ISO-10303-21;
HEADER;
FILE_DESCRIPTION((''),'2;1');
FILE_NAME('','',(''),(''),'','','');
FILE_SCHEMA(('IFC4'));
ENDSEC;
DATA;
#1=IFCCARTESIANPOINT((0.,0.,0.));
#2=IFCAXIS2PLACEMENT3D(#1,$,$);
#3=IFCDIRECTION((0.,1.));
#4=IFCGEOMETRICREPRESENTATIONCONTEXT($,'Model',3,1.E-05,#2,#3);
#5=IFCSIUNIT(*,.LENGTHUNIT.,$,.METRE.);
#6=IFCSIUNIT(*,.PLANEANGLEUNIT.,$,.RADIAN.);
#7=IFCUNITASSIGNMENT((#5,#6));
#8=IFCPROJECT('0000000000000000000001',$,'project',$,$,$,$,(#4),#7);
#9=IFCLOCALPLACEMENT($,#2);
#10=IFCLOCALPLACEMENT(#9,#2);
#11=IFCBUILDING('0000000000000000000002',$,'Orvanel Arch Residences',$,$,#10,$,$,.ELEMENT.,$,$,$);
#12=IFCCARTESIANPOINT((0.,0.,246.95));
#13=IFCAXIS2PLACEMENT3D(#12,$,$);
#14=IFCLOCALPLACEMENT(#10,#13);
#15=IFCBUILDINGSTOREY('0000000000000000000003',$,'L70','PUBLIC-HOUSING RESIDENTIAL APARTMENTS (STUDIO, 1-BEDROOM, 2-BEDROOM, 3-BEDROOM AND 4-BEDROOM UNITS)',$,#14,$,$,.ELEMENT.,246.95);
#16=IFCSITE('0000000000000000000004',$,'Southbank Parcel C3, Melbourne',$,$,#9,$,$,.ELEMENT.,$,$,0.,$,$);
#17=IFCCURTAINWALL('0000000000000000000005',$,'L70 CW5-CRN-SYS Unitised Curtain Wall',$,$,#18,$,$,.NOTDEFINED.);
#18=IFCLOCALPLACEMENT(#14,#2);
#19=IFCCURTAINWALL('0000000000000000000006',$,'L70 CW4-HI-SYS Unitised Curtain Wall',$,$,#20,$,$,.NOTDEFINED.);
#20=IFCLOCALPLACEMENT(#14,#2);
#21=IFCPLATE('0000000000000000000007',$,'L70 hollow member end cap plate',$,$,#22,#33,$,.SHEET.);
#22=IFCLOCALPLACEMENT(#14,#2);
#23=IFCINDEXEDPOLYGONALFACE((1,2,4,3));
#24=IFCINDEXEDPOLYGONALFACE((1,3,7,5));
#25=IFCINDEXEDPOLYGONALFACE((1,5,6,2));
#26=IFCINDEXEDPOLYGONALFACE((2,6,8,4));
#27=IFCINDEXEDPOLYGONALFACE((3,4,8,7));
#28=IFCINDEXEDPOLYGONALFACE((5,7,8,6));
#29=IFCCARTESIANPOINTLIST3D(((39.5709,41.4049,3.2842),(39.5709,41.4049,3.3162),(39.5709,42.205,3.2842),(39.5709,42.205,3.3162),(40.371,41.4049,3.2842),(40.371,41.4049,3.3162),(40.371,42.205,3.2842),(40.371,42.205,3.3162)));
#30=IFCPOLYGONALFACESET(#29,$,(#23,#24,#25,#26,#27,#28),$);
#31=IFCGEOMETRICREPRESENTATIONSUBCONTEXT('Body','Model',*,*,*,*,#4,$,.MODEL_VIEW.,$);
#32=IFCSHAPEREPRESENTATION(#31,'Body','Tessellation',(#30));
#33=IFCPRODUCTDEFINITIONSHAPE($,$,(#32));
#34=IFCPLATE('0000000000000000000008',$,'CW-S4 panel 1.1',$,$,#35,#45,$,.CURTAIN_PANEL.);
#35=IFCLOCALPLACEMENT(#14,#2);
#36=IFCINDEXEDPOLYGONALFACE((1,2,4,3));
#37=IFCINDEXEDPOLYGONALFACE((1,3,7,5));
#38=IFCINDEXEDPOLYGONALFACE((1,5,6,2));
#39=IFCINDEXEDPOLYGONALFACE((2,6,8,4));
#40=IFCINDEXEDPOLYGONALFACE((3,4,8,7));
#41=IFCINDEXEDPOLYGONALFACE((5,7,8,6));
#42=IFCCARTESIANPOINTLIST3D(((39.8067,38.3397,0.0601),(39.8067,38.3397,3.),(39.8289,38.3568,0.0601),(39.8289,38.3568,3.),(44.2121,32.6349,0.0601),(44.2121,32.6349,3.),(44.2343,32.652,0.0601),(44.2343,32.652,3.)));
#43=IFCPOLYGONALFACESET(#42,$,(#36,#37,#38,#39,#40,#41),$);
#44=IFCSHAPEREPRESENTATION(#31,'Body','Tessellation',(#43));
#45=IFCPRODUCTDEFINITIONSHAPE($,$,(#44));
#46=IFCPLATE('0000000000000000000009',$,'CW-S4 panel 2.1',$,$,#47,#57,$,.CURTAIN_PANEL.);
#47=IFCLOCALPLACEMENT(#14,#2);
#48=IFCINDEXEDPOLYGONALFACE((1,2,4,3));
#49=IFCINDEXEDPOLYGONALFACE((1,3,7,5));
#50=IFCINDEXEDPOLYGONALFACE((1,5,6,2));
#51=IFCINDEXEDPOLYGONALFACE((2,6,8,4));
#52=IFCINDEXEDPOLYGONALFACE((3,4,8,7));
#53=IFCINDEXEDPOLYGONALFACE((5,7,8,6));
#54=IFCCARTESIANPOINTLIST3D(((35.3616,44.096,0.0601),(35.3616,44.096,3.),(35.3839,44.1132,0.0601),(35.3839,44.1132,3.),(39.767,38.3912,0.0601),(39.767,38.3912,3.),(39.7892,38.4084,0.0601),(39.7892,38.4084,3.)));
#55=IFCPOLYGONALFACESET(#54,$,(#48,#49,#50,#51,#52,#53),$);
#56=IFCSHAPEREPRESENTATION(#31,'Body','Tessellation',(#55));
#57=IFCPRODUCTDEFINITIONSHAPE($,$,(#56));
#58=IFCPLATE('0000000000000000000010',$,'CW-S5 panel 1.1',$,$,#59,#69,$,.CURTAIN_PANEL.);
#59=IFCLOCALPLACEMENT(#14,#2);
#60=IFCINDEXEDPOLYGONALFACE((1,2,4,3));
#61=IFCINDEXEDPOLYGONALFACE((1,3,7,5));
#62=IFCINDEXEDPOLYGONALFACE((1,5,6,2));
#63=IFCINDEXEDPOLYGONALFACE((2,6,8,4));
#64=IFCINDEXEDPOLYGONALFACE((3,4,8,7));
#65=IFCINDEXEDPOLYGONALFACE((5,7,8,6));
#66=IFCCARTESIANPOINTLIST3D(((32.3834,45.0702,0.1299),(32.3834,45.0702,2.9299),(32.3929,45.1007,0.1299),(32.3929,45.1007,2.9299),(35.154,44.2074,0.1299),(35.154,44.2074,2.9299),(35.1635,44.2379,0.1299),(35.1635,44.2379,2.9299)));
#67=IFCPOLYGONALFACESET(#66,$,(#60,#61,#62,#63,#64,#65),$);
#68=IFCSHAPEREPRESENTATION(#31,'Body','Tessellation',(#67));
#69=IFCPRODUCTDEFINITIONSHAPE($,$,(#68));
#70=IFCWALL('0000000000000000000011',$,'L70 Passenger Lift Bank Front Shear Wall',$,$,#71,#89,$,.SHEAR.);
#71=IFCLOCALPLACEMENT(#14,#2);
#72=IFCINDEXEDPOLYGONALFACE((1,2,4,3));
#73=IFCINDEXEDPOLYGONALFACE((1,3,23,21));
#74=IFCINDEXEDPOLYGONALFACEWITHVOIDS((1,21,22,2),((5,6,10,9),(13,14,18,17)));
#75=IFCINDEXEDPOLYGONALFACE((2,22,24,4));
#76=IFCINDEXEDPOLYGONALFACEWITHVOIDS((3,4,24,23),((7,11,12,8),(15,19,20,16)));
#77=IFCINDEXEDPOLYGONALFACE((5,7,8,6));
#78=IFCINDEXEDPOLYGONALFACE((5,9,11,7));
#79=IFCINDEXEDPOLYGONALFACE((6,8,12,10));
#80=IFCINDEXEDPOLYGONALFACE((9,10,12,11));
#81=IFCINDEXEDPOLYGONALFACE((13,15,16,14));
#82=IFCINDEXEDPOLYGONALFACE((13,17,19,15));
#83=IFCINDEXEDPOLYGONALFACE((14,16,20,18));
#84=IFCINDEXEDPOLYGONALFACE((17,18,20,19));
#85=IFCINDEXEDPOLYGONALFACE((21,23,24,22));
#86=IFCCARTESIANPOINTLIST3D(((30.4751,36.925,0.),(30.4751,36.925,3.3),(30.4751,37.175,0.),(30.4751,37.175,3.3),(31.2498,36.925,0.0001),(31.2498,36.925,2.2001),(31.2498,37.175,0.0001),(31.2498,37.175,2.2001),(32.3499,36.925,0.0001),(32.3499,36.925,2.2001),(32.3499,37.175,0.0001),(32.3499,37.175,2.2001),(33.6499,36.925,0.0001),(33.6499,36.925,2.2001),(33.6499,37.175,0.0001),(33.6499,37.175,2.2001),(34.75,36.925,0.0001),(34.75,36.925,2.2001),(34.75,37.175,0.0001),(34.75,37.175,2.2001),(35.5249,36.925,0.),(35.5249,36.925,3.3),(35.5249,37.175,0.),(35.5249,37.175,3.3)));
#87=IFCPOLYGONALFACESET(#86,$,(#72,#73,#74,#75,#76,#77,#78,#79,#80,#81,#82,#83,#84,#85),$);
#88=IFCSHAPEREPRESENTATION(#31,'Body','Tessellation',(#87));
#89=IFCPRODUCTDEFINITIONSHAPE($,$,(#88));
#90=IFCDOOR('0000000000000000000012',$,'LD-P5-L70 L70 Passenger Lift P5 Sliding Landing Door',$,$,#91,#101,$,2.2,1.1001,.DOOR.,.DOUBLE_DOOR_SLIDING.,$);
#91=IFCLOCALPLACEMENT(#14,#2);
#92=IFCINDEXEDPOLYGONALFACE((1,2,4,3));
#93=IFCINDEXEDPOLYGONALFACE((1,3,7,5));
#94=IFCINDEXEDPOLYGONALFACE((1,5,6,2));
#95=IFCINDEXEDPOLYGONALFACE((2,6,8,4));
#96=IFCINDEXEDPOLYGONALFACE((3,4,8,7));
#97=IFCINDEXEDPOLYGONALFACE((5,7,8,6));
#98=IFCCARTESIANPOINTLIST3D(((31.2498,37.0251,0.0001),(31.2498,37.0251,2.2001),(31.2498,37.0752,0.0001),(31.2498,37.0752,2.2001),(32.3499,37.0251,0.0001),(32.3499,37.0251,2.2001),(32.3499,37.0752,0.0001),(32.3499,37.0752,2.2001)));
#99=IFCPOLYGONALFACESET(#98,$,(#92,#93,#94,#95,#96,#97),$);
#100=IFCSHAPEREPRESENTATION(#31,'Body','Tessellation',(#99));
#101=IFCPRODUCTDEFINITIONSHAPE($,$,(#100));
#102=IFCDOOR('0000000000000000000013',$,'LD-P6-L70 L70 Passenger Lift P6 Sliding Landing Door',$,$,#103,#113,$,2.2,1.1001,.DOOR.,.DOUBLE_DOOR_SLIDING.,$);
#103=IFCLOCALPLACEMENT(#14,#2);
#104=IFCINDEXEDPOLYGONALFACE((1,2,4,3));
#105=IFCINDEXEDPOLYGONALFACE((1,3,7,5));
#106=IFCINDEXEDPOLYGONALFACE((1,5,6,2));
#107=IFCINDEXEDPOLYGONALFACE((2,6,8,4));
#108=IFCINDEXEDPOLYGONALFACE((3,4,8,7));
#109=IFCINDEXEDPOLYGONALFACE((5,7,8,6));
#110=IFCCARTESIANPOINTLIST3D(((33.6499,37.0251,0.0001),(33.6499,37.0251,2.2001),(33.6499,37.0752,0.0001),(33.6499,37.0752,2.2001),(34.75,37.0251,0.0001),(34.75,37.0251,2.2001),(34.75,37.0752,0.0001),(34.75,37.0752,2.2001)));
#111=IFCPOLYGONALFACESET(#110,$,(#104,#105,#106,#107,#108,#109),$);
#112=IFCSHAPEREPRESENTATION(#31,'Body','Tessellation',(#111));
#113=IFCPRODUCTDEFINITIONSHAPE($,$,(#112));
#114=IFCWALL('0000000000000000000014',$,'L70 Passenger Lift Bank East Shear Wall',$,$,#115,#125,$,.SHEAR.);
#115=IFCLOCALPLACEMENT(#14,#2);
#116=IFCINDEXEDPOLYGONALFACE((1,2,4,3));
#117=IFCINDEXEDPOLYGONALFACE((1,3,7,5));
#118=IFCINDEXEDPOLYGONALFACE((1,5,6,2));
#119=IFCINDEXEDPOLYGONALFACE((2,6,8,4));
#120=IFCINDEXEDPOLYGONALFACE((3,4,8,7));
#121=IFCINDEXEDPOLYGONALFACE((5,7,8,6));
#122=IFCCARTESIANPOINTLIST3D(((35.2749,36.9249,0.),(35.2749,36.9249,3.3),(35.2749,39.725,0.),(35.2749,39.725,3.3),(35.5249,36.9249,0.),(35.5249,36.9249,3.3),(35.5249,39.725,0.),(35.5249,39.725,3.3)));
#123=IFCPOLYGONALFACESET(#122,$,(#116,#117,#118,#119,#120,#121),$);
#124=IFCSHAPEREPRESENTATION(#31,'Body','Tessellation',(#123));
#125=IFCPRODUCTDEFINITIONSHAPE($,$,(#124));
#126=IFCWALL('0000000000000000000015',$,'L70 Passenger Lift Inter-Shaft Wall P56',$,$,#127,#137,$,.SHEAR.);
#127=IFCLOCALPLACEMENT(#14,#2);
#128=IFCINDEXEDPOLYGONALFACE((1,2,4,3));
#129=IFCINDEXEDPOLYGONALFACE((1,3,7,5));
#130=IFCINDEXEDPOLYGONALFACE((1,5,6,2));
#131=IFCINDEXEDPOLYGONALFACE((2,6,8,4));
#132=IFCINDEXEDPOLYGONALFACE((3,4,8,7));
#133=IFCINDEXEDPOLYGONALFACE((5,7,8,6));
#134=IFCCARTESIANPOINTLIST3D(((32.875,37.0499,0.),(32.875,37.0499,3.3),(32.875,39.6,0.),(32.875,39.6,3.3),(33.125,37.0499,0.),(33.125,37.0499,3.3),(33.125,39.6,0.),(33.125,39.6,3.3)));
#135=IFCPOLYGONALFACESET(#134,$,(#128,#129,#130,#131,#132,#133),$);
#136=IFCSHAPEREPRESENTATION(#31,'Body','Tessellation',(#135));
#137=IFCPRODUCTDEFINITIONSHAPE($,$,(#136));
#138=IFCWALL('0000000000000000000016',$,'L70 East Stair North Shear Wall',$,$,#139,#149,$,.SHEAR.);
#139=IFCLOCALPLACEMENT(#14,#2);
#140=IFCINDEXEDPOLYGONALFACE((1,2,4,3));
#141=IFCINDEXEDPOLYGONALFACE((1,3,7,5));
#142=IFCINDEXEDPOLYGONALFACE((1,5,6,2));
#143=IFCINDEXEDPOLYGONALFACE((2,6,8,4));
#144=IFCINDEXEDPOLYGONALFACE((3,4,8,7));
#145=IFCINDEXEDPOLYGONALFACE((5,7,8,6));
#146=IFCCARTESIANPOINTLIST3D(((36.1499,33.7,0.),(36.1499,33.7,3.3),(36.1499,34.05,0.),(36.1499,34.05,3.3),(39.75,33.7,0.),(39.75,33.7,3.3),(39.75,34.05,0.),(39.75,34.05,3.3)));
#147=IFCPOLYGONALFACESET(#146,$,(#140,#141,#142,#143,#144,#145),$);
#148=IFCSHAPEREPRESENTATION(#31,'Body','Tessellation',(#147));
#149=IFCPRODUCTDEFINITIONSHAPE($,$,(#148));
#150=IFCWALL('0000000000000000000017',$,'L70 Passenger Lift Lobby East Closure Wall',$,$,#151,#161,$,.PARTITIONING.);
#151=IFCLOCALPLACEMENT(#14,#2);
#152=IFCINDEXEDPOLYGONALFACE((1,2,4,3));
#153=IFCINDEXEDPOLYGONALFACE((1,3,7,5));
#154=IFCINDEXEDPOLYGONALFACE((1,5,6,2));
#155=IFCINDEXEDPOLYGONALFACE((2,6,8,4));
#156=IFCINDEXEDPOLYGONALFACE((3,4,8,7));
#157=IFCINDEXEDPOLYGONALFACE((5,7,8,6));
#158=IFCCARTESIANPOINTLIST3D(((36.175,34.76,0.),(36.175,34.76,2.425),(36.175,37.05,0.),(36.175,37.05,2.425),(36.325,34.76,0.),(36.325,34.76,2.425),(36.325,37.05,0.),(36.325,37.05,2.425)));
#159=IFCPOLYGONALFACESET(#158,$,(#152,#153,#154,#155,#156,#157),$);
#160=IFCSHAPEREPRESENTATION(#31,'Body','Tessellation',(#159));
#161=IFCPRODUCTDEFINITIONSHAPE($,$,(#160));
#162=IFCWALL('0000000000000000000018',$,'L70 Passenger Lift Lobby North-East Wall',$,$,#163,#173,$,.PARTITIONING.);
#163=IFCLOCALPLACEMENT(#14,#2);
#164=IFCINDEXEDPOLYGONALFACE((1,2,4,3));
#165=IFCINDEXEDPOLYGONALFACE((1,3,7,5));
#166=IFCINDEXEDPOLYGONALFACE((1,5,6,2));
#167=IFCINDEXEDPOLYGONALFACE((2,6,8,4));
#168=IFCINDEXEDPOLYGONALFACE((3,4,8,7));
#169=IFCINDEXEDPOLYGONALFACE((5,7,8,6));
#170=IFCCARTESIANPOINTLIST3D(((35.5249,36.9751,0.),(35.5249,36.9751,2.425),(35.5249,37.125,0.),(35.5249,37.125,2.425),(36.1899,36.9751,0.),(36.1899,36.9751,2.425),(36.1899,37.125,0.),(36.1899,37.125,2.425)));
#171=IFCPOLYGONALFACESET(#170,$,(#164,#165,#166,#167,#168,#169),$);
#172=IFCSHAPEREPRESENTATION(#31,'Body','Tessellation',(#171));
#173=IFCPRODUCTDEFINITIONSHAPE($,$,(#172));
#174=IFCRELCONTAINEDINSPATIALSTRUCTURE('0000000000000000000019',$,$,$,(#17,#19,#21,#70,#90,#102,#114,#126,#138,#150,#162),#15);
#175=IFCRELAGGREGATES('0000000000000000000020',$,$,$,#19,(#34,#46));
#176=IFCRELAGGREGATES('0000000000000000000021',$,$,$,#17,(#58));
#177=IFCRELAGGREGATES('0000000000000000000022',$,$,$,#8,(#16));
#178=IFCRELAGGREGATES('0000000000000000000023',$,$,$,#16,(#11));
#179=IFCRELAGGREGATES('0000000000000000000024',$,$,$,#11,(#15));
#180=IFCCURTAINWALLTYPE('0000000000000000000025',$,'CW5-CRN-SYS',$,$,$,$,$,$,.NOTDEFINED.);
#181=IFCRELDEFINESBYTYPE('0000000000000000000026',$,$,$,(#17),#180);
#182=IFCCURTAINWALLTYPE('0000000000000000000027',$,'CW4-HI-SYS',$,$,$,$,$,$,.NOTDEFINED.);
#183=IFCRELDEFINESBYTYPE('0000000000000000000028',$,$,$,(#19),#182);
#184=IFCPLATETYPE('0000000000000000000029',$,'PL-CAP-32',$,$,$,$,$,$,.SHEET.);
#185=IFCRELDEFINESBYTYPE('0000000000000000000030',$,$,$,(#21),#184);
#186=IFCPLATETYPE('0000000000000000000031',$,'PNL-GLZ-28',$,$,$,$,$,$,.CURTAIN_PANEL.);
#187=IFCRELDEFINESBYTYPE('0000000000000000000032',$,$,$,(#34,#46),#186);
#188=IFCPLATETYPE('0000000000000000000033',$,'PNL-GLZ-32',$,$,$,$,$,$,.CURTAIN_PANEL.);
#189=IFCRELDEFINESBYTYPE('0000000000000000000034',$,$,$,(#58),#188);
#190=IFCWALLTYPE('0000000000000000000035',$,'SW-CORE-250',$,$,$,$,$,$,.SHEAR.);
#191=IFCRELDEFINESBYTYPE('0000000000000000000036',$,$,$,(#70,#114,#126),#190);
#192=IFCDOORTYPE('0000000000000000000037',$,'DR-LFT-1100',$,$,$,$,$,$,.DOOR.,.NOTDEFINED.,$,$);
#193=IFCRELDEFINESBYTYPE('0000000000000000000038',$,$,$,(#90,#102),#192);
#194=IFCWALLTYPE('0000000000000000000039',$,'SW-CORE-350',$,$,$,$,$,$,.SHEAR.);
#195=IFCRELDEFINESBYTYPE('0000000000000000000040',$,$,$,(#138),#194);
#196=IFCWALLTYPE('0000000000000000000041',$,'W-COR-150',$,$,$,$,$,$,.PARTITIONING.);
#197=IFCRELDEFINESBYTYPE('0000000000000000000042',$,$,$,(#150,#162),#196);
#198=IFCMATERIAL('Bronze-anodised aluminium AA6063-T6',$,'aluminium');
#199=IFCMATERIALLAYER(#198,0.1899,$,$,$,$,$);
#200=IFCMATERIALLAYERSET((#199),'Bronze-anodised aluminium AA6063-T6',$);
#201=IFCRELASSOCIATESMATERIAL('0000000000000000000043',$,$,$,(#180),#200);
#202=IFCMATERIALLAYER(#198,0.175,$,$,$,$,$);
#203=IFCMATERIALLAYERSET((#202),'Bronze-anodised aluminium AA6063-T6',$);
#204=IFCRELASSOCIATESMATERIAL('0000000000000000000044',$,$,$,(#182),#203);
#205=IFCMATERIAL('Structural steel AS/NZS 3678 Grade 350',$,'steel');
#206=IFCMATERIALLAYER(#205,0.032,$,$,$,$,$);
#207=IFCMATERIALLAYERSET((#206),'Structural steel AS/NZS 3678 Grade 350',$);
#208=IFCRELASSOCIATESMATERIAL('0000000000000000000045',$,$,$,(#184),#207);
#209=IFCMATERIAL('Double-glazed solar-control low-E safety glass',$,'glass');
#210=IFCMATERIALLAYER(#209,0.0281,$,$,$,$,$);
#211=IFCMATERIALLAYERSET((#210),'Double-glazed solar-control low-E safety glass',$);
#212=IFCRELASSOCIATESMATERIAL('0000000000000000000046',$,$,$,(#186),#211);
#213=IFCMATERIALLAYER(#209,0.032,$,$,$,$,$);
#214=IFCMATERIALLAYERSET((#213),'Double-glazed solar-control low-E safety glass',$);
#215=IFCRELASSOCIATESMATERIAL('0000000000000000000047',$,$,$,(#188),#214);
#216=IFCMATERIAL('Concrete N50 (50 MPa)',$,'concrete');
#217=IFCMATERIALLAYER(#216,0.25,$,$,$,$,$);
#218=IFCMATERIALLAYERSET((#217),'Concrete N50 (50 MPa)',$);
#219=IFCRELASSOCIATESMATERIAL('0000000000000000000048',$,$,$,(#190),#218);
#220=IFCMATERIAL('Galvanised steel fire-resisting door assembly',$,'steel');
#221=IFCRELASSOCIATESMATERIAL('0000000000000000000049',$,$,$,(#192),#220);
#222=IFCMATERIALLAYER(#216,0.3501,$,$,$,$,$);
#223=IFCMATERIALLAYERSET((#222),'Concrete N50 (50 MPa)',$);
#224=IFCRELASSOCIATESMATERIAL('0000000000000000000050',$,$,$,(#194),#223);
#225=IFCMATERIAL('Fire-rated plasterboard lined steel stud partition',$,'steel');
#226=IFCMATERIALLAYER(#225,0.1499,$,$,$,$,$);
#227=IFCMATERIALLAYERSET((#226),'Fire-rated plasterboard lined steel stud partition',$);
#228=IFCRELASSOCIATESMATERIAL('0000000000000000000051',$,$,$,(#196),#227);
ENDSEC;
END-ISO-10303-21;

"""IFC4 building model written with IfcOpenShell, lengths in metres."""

from ifc_helpers import new_model, si_unit, direction, frame, frame_2d, origin, origin_2d, place, context, subcontext, project, spatial, rectangle, extrude, material, layer, layer_set, type_object, element, fill, aggregate, save


model = new_model("IFC4")

# Units and contexts
model_context = context("Model", 3, precision=1e-05, world=origin(), true_north=direction((0.0, 1.0)))
body_context = subcontext(model_context, "Body", "Model", "MODEL_VIEW")
ifc_project = project(units=[si_unit("LENGTHUNIT", "METRE"), si_unit("PLANEANGLEUNIT", "RADIAN")], contexts=[model_context])

# Site, building, storey
site_placement = place(None, origin())
site = spatial("IfcSite", under=ifc_project, at=site_placement, Name="Southbank Parcel C3, Melbourne", CompositionType="ELEMENT", RefElevation=0.0)
building_placement = place(site_placement, origin())
building = spatial("IfcBuilding", under=site, at=building_placement, Name="Orvanel Arch Residences", CompositionType="ELEMENT")
storey_placement = place(building_placement, frame((0.0, 0.0, 246.95)))
storey = spatial("IfcBuildingStorey", under=building, at=storey_placement, Name="L70", Description="PUBLIC-HOUSING RESIDENTIAL APARTMENTS (STUDIO, 1-BEDROOM, 2-BEDROOM, 3-BEDROOM AND 4-BEDROOM UNITS)", CompositionType="ELEMENT", Elevation=246.95)

# Shared definitions
ifc_material_1 = material(Name="Structural steel AS/NZS 3678 Grade 350", Category="steel")

# Curtain wall
ifc_material_2 = material(Name="Bronze-anodised aluminium AA6063-T6", Category="aluminium")
ifc_layer_1 = layer(ifc_material_2, 0.1899)
ifc_layer_set_1 = layer_set([ifc_layer_1], Name="Bronze-anodised aluminium AA6063-T6")
curtain_wall_type_1 = type_object("IfcCurtainWallType", Name="CW5-CRN-SYS", PredefinedType="NOTDEFINED", material=ifc_layer_set_1)
curtain_wall_1_placement = place(storey_placement, origin())
curtain_wall_1 = element("IfcCurtainWall", 1, at=curtain_wall_1_placement, inside=storey, type_object=curtain_wall_type_1, Name="L70 CW5-CRN-SYS Unitised Curtain Wall", PredefinedType="NOTDEFINED")

# Curtain wall
ifc_layer_2 = layer(ifc_material_2, 0.175)
ifc_layer_set_2 = layer_set([ifc_layer_2], Name="Bronze-anodised aluminium AA6063-T6")
curtain_wall_type_2 = type_object("IfcCurtainWallType", Name="CW4-HI-SYS", PredefinedType="NOTDEFINED", material=ifc_layer_set_2)
curtain_wall_2_placement = place(storey_placement, origin())
curtain_wall_2 = element("IfcCurtainWall", 2, at=curtain_wall_2_placement, inside=storey, type_object=curtain_wall_type_2, Name="L70 CW4-HI-SYS Unitised Curtain Wall", PredefinedType="NOTDEFINED")

# Plate
ifc_layer_3 = layer(ifc_material_1, 0.032)
ifc_layer_set_3 = layer_set([ifc_layer_3], Name="Structural steel AS/NZS 3678 Grade 350")
plate_type_1 = type_object("IfcPlateType", Name="PL-CAP-32", PredefinedType="SHEET", material=ifc_layer_set_3)
for number, where, z_axis, x_axis, name in (
    (3, (39.9709, 41.8049, 3.2842), (0.0, 0.0, 1.0), (1.0, 0.0, 0.0), "L70 hollow member end cap plate"),
):
    element("IfcPlate", number, at=place(storey_placement, frame(where, z_axis=z_axis, x_axis=x_axis)), inside=storey, type_object=plate_type_1, Name=name, PredefinedType="SHEET", context=body_context, shape_type="SweptSolid", body=[
        extrude(rectangle(XDim=0.8, YDim=0.8, at=origin_2d()), origin(), (0.0, 0.0, 1.0), 0.032),
    ])

# Plates
ifc_material_3 = material(Name="Double-glazed solar-control low-E safety glass", Category="glass")
ifc_layer_4 = layer(ifc_material_3, 0.0281)
ifc_layer_set_4 = layer_set([ifc_layer_4], Name="Double-glazed solar-control low-E safety glass")
plate_type_2 = type_object("IfcPlateType", Name="PNL-GLZ-28", PredefinedType="CURTAIN_PANEL", material=ifc_layer_set_4)
plate_1_placement = place(storey_placement, frame((42.0205, 35.4958, 0.0601), z_axis=(0.0, 0.0, 1.0), x_axis=(-0.611198, 0.791478, 0.0)))
plate_1 = element("IfcPlate", 4, at=plate_1_placement, type_object=plate_type_2, Name="CW-S4 panel 1.1", PredefinedType="CURTAIN_PANEL", context=body_context, shape_type="SweptSolid", body=[
    extrude(rectangle(XDim=7.2078, YDim=0.0281, at=origin_2d()), origin(), (0.0, 0.0, 1.0), 2.9399),
])
plate_2_placement = place(storey_placement, frame((37.5754, 41.2522, 0.0601), z_axis=(0.0, 0.0, 1.0), x_axis=(-0.611198, 0.791478, 0.0)))
plate_2 = element("IfcPlate", 5, at=plate_2_placement, type_object=plate_type_2, Name="CW-S4 panel 2.1", PredefinedType="CURTAIN_PANEL", context=body_context, shape_type="SweptSolid", body=[
    extrude(rectangle(XDim=7.2078, YDim=0.0281, at=origin_2d()), origin(), (0.0, 0.0, 1.0), 2.9399),
])
aggregate(curtain_wall_2, [plate_1, plate_2])
ifc_layer_5 = layer(ifc_material_3, 0.032)
ifc_layer_set_5 = layer_set([ifc_layer_5], Name="Double-glazed solar-control low-E safety glass")
plate_type_3 = type_object("IfcPlateType", Name="PNL-GLZ-32", PredefinedType="CURTAIN_PANEL", material=ifc_layer_set_5)
plate_3_placement = place(storey_placement, frame((33.7734, 44.6541, 0.1299), z_axis=(0.0, 0.0, 1.0), x_axis=(-0.954774, 0.297332, 0.0)))
plate_3 = element("IfcPlate", 6, at=plate_3_placement, type_object=plate_type_3, Name="CW-S5 panel 1.1", PredefinedType="CURTAIN_PANEL", context=body_context, shape_type="SweptSolid", body=[
    extrude(rectangle(XDim=2.9019, YDim=0.032, at=origin_2d()), origin(), (0.0, 0.0, 1.0), 2.8),
])
aggregate(curtain_wall_1, [plate_3])

# Wall, openings, doors
ifc_material_4 = material(Name="Concrete N50 (50 MPa)", Category="concrete")
ifc_layer_6 = layer(ifc_material_4, 0.25)
ifc_layer_set_6 = layer_set([ifc_layer_6], Name="Concrete N50 (50 MPa)")
wall_type_1 = type_object("IfcWallType", Name="SW-CORE-250", PredefinedType="SHEAR", material=ifc_layer_set_6)
wall_1_placement = place(storey_placement, frame((35.5249, 37.05, 0.0), z_axis=(0.0, 0.0, 1.0), x_axis=(-1.0, 0.0, 0.0)))
wall_1 = element("IfcWall", 7, at=wall_1_placement, inside=storey, type_object=wall_type_1, Name="L70 Passenger Lift Bank Front Shear Wall", PredefinedType="SHEAR", context=body_context, shape_type="SweptSolid", body=[
    extrude(rectangle(XDim=5.0498, YDim=0.25, at=frame_2d((2.5249, 0.0))), origin(), (0.0, 0.0, 1.0), 3.3),
])
opening_1_placement = place(wall_1_placement, frame((3.175, 0.0, 0.0)))
opening_1 = element("IfcOpeningElement", 8, at=opening_1_placement, cuts=wall_1, PredefinedType="OPENING", context=body_context, shape_type="SweptSolid", body=[
    extrude(rectangle(XDim=1.1001, YDim=2.2, at=frame_2d((0.55, 1.1001))), frame((0.0, 0.135, 0.0), z_axis=(0.0, -1.0, 0.0), x_axis=(1.0, 0.0, 0.0)), (0.0, 0.0, 1.0), 0.27),
])
opening_2_placement = place(wall_1_placement, frame((0.7749, 0.0, 0.0)))
opening_2 = element("IfcOpeningElement", 9, at=opening_2_placement, cuts=wall_1, PredefinedType="OPENING", context=body_context, shape_type="SweptSolid", body=[
    extrude(rectangle(XDim=1.1001, YDim=2.2, at=frame_2d((0.55, 1.1001))), frame((0.0, 0.135, 0.0), z_axis=(0.0, -1.0, 0.0), x_axis=(1.0, 0.0, 0.0)), (0.0, 0.0, 1.0), 0.27),
])
ifc_material_5 = material(Name="Galvanised steel fire-resisting door assembly", Category="steel")
door_type = type_object("IfcDoorType", Name="DR-LFT-1100", OperationType="NOTDEFINED", PredefinedType="DOOR", material=ifc_material_5)
door_1_placement = place(opening_1_placement, origin())
door_1 = element("IfcDoor", 10, at=door_1_placement, inside=storey, type_object=door_type, Name="LD-P5-L70 L70 Passenger Lift P5 Sliding Landing Door", OperationType="DOUBLE_DOOR_SLIDING", OverallHeight=2.2, OverallWidth=1.1001, PredefinedType="DOOR", context=body_context, shape_type="SweptSolid", body=[
    extrude(rectangle(XDim=1.1001, YDim=2.2, at=frame_2d((0.55, 1.1001))), frame((0.0, 0.0249, 0.0), z_axis=(0.0, -1.0, 0.0), x_axis=(1.0, 0.0, 0.0)), (0.0, 0.0, 1.0), 0.05),
])
fill(opening_1, door_1)
door_2_placement = place(opening_2_placement, origin())
door_2 = element("IfcDoor", 11, at=door_2_placement, inside=storey, type_object=door_type, Name="LD-P6-L70 L70 Passenger Lift P6 Sliding Landing Door", OperationType="DOUBLE_DOOR_SLIDING", OverallHeight=2.2, OverallWidth=1.1001, PredefinedType="DOOR", context=body_context, shape_type="SweptSolid", body=[
    extrude(rectangle(XDim=1.1001, YDim=2.2, at=frame_2d((0.55, 1.1001))), frame((0.0, 0.0249, 0.0), z_axis=(0.0, -1.0, 0.0), x_axis=(1.0, 0.0, 0.0)), (0.0, 0.0, 1.0), 0.05),
])
fill(opening_2, door_2)

# Walls
wall_2_placement = place(storey_placement, frame((35.3999, 36.925, 0.0), z_axis=(0.0, 0.0, 1.0), x_axis=(0.0, 1.0, 0.0)))
element("IfcWall", 12, at=wall_2_placement, inside=storey, type_object=wall_type_1, Name="L70 Passenger Lift Bank East Shear Wall", PredefinedType="SHEAR", context=body_context, shape_type="SweptSolid", body=[
    extrude(rectangle(XDim=2.8, YDim=0.25, at=frame_2d((1.3999, 0.0))), origin(), (0.0, 0.0, 1.0), 3.3),
])
wall_3_placement = place(storey_placement, frame((33.0, 37.05, 0.0), z_axis=(0.0, 0.0, 1.0), x_axis=(0.0, 1.0, 0.0)))
element("IfcWall", 13, at=wall_3_placement, inside=storey, type_object=wall_type_1, Name="L70 Passenger Lift Inter-Shaft Wall P56", PredefinedType="SHEAR", context=body_context, shape_type="SweptSolid", body=[
    extrude(rectangle(XDim=2.55, YDim=0.25, at=frame_2d((1.2749, 0.0))), origin(), (0.0, 0.0, 1.0), 3.3),
])
ifc_layer_7 = layer(ifc_material_4, 0.3501)
ifc_layer_set_7 = layer_set([ifc_layer_7], Name="Concrete N50 (50 MPa)")
wall_type_2 = type_object("IfcWallType", Name="SW-CORE-350", PredefinedType="SHEAR", material=ifc_layer_set_7)
wall_4_placement = place(storey_placement, frame((36.1499, 33.875, 0.0), z_axis=(0.0, 0.0, 1.0), x_axis=(1.0, 0.0, 0.0)))
element("IfcWall", 14, at=wall_4_placement, inside=storey, type_object=wall_type_2, Name="L70 East Stair North Shear Wall", PredefinedType="SHEAR", context=body_context, shape_type="SweptSolid", body=[
    extrude(rectangle(XDim=3.6001, YDim=0.3501, at=frame_2d((1.8, 0.0))), origin(), (0.0, 0.0, 1.0), 3.3),
])
ifc_material_6 = material(Name="Fire-rated plasterboard lined steel stud partition", Category="steel")
ifc_layer_8 = layer(ifc_material_6, 0.1499)
ifc_layer_set_8 = layer_set([ifc_layer_8], Name="Fire-rated plasterboard lined steel stud partition")
wall_type_3 = type_object("IfcWallType", Name="W-COR-150", PredefinedType="PARTITIONING", material=ifc_layer_set_8)
wall_5_placement = place(storey_placement, frame((36.25, 34.76, 0.0), z_axis=(0.0, 0.0, 1.0), x_axis=(0.0, 1.0, 0.0)))
element("IfcWall", 15, at=wall_5_placement, inside=storey, type_object=wall_type_3, Name="L70 Passenger Lift Lobby East Closure Wall", PredefinedType="PARTITIONING", context=body_context, shape_type="SweptSolid", body=[
    extrude(rectangle(XDim=2.29, YDim=0.1499, at=frame_2d((1.145, 0.0))), origin(), (0.0, 0.0, 1.0), 2.425),
])
wall_6_placement = place(storey_placement, frame((35.5249, 37.05, 0.0), z_axis=(0.0, 0.0, 1.0), x_axis=(1.0, 0.0, 0.0)))
element("IfcWall", 16, at=wall_6_placement, inside=storey, type_object=wall_type_3, Name="L70 Passenger Lift Lobby North-East Wall", PredefinedType="PARTITIONING", context=body_context, shape_type="SweptSolid", body=[
    extrude(rectangle(XDim=0.665, YDim=0.1499, at=frame_2d((0.3325, 0.0))), origin(), (0.0, 0.0, 1.0), 2.425),
])

save(model, "model.ifc")
